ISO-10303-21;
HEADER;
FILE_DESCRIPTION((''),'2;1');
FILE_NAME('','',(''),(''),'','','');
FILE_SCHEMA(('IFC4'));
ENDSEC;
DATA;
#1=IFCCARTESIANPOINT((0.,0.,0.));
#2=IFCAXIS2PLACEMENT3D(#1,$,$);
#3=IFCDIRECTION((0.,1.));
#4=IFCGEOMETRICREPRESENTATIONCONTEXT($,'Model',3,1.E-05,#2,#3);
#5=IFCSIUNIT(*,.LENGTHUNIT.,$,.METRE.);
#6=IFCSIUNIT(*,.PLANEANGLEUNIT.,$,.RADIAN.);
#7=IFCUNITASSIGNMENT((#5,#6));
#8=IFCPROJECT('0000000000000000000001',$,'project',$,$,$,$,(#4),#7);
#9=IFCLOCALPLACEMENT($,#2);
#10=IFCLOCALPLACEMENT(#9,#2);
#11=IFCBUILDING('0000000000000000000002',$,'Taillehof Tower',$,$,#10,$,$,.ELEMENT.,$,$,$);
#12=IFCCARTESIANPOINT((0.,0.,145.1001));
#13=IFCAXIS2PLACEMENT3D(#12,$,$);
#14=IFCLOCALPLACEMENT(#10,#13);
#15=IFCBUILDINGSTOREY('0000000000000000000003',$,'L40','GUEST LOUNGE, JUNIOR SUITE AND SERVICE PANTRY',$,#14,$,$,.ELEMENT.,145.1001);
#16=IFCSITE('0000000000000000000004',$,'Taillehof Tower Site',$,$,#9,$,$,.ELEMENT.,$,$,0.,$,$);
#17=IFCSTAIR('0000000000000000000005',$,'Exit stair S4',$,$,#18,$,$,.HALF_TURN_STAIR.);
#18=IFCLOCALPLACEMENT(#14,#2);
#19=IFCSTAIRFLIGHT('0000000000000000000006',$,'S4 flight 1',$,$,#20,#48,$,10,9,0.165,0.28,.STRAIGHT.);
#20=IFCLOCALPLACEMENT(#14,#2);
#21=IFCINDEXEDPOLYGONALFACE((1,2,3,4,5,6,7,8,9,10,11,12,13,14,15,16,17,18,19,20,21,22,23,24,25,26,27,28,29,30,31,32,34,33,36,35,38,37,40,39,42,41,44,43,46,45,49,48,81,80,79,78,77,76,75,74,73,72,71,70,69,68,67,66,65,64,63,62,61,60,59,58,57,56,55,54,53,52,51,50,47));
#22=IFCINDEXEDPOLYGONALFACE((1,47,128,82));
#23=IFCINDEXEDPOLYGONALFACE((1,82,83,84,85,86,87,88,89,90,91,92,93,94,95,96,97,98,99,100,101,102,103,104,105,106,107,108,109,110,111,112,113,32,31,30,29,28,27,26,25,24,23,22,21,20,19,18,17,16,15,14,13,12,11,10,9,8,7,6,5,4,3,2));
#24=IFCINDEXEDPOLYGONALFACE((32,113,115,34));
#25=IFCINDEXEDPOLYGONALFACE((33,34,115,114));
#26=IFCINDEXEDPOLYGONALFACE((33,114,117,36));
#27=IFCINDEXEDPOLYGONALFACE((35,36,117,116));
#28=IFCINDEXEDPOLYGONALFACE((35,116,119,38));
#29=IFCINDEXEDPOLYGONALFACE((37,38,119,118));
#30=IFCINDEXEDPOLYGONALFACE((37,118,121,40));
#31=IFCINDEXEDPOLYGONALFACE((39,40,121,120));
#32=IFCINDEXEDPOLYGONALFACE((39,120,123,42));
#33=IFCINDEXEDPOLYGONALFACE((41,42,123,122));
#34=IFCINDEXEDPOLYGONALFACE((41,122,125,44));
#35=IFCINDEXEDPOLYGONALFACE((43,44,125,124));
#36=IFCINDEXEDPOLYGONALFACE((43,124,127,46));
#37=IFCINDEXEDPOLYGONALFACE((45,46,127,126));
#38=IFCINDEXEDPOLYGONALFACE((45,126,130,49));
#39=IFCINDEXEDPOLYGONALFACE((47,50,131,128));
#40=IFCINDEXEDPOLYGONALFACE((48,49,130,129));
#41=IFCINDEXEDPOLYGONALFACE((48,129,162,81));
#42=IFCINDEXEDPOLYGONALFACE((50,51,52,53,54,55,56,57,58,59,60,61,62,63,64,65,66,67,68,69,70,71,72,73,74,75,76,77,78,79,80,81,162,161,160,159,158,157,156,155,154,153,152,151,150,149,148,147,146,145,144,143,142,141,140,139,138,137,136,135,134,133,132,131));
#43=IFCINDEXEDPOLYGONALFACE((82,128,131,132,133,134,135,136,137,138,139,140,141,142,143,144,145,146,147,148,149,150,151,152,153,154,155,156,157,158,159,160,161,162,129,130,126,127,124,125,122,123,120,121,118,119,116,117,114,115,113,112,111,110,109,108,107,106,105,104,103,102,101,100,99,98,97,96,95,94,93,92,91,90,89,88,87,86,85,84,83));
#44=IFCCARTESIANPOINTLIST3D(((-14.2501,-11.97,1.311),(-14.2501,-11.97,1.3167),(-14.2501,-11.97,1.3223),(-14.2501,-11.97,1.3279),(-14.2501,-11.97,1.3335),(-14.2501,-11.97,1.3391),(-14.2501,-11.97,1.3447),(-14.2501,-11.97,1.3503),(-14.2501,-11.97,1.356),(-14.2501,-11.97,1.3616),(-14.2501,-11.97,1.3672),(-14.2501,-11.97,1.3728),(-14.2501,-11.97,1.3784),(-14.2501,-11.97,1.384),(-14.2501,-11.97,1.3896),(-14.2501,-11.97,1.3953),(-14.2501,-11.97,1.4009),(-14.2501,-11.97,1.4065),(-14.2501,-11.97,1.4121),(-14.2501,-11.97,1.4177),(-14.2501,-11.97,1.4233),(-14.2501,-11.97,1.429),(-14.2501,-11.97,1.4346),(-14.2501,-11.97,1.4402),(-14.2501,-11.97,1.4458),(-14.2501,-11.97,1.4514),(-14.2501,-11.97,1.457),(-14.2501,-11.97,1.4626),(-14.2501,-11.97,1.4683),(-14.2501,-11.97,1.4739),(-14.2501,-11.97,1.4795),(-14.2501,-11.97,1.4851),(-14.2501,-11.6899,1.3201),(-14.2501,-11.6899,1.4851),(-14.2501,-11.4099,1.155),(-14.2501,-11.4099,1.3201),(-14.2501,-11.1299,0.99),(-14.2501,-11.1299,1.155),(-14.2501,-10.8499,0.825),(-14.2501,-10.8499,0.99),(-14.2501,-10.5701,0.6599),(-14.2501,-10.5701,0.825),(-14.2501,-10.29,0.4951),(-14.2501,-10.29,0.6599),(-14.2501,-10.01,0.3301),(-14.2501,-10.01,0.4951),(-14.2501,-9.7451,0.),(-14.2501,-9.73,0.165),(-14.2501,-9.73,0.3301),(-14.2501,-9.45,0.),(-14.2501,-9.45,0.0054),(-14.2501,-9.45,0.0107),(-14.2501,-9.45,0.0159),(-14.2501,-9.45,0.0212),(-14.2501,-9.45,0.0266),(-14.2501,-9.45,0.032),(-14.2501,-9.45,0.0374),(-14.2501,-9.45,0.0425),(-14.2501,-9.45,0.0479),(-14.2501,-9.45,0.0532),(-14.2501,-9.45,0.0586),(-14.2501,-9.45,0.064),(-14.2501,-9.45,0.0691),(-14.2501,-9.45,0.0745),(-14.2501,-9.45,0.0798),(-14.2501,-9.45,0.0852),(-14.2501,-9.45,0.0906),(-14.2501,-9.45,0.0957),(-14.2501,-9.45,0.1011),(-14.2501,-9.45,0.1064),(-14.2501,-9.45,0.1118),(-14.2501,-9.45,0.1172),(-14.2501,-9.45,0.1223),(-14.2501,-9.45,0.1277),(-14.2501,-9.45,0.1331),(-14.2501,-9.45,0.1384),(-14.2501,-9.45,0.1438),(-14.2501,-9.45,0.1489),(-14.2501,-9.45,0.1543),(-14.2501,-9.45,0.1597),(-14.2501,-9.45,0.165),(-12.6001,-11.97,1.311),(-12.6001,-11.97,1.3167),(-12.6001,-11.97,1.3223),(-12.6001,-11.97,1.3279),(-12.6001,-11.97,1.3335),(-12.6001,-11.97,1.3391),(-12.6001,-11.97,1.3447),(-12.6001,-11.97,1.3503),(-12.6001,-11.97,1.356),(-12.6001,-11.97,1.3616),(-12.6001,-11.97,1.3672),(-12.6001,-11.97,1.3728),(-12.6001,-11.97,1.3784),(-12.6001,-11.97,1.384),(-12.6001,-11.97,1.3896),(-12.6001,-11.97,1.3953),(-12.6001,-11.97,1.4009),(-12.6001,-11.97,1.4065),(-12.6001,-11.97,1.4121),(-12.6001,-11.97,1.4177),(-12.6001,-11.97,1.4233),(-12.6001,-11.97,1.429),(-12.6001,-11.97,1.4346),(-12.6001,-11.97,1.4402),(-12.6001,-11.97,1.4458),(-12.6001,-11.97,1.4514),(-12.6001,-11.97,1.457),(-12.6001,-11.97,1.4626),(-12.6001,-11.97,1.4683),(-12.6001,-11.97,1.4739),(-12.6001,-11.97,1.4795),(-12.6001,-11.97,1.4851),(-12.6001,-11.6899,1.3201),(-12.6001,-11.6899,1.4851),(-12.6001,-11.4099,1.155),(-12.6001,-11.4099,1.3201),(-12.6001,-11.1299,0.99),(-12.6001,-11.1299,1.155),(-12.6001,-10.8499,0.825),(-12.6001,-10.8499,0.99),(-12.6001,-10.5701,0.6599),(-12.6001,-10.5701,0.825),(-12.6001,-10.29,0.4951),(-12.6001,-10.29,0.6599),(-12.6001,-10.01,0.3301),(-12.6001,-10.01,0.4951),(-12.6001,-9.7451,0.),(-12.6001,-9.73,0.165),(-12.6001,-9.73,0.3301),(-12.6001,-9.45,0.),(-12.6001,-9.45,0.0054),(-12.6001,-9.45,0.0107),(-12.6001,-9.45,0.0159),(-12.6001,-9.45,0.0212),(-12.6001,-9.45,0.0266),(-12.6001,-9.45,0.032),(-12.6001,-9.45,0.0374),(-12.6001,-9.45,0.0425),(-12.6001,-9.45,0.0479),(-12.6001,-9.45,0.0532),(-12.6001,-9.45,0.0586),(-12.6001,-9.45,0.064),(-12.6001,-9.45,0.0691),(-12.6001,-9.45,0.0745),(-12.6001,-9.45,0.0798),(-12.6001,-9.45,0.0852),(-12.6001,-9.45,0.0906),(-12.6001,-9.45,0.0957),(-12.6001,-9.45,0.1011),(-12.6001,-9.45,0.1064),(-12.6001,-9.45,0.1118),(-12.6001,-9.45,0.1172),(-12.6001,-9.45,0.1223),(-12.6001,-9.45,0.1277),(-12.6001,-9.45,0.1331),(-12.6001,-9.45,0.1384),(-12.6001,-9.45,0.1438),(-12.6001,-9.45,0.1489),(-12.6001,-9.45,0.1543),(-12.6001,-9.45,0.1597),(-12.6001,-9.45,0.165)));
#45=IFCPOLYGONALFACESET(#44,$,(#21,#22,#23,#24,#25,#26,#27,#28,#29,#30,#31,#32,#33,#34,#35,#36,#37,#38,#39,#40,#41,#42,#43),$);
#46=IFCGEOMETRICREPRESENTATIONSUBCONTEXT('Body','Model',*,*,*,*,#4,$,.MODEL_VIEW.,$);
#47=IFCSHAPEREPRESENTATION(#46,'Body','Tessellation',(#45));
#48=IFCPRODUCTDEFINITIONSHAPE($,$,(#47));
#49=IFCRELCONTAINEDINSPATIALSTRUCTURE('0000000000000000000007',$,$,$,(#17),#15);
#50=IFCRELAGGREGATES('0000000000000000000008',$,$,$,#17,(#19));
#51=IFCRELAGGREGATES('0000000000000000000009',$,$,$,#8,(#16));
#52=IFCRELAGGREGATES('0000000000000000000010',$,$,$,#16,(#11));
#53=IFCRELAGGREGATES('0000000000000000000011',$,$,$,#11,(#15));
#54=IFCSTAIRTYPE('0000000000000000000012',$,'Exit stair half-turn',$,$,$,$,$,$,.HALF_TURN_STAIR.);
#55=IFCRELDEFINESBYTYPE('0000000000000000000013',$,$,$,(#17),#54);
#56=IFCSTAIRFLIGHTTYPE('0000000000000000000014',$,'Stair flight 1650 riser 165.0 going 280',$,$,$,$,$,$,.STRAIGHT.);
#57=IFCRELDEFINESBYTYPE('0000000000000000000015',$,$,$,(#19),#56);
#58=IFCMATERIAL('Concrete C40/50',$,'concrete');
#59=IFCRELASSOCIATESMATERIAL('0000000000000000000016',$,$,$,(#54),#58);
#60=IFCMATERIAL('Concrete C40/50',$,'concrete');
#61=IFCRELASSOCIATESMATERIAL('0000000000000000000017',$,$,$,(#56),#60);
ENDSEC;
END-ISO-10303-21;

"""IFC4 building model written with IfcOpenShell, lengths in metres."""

from ifc_helpers import new_model, si_unit, direction, frame, origin, place, context, subcontext, project, spatial, polyline, outline, extrude, material, type_object, element, aggregate, save


model = new_model("IFC4")

# Units and contexts
model_context = context("Model", 3, precision=1e-05, world=origin(), true_north=direction((0.0, 1.0)))
body_context = subcontext(model_context, "Body", "Model", "MODEL_VIEW")
ifc_project = project(units=[si_unit("LENGTHUNIT", "METRE"), si_unit("PLANEANGLEUNIT", "RADIAN")], contexts=[model_context])

# Site, building, storey
site_placement = place(None, origin())
site = spatial("IfcSite", under=ifc_project, at=site_placement, Name="Taillehof Tower Site", CompositionType="ELEMENT", RefElevation=0.0)
building_placement = place(site_placement, origin())
building = spatial("IfcBuilding", under=site, at=building_placement, Name="Taillehof Tower", CompositionType="ELEMENT")
storey_placement = place(building_placement, frame((0.0, 0.0, 145.1001)))
storey = spatial("IfcBuildingStorey", under=building, at=storey_placement, Name="L40", Description="GUEST LOUNGE, JUNIOR SUITE AND SERVICE PANTRY", CompositionType="ELEMENT", Elevation=145.1001)

# Stair, stair flight
ifc_material_1 = material(Name="Concrete C40/50", Category="concrete")
stair_type = type_object("IfcStairType", Name="Exit stair half-turn", PredefinedType="HALF_TURN_STAIR", material=ifc_material_1)
stair_placement = place(storey_placement, origin())
stair = element("IfcStair", 1, at=stair_placement, inside=storey, type_object=stair_type, Name="Exit stair S4", PredefinedType="HALF_TURN_STAIR")
ifc_material_2 = material(Name="Concrete C40/50", Category="concrete")
stair_flight_type = type_object("IfcStairFlightType", Name="Stair flight 1650 riser 165.0 going 280", PredefinedType="STRAIGHT", material=ifc_material_2)
stair_flight_placement = place(storey_placement, frame((-13.425, -9.45, 0.0), z_axis=(0.0, 0.0, 1.0), x_axis=(0.0, -1.0, 0.0)))
stair_flight = element("IfcStairFlight", 2, at=stair_flight_placement, type_object=stair_flight_type, Name="S4 flight 1", NumberOfRisers=10, NumberOfTreads=9, PredefinedType="STRAIGHT", RiserHeight=0.165, TreadLength=0.28, context=body_context, shape_type="SweptSolid", body=[
    extrude(outline(polyline([(0.0, 0.0), (0.0, 0.0054), (0.0, 0.0107), (0.0, 0.0159), (0.0, 0.0212), (0.0, 0.0266), (0.0, 0.032), (0.0, 0.0374), (0.0, 0.0425), (0.0, 0.0479), (0.0, 0.0532), (0.0, 0.0586), (0.0, 0.064), (0.0, 0.0691), (0.0, 0.0745), (0.0, 0.0798), (0.0, 0.0852), (0.0, 0.0906), (0.0, 0.0957), (0.0, 0.1011), (0.0, 0.1064), (0.0, 0.1118), (0.0, 0.1172), (0.0, 0.1223), (0.0, 0.1277), (0.0, 0.1331), (0.0, 0.1384), (0.0, 0.1438), (0.0, 0.1489), (0.0, 0.1543), (0.0, 0.1597), (0.0, 0.165), (0.28, 0.165), (0.28, 0.3301), (0.5601, 0.3301), (0.5601, 0.4951), (0.8401, 0.4951), (0.8401, 0.6599), (1.1201, 0.6599), (1.1201, 0.825), (1.3999, 0.825), (1.3999, 0.99), (1.6799, 0.99), (1.6799, 1.155), (1.96, 1.155), (1.96, 1.3201), (2.24, 1.3201), (2.24, 1.4851), (2.52, 1.4851), (2.52, 1.4795), (2.52, 1.4739), (2.52, 1.4683), (2.52, 1.4626), (2.52, 1.457), (2.52, 1.4514), (2.52, 1.4458), (2.52, 1.4402), (2.52, 1.4346), (2.52, 1.429), (2.52, 1.4233), (2.52, 1.4177), (2.52, 1.4121), (2.52, 1.4065), (2.52, 1.4009), (2.52, 1.3953), (2.52, 1.3896), (2.52, 1.384), (2.52, 1.3784), (2.52, 1.3728), (2.52, 1.3672), (2.52, 1.3616), (2.52, 1.356), (2.52, 1.3503), (2.52, 1.3447), (2.52, 1.3391), (2.52, 1.3335), (2.52, 1.3279), (2.52, 1.3223), (2.52, 1.3167), (2.52, 1.311), (0.2952, 0.0), (0.0, 0.0)])), frame((0.0, 0.825, 0.0), z_axis=(0.0, -1.0, 0.0), x_axis=(1.0, 0.0, 0.0)), (0.0, 0.0, 1.0), 1.65),
])
aggregate(stair, [stair_flight])

save(model, "model.ifc")
